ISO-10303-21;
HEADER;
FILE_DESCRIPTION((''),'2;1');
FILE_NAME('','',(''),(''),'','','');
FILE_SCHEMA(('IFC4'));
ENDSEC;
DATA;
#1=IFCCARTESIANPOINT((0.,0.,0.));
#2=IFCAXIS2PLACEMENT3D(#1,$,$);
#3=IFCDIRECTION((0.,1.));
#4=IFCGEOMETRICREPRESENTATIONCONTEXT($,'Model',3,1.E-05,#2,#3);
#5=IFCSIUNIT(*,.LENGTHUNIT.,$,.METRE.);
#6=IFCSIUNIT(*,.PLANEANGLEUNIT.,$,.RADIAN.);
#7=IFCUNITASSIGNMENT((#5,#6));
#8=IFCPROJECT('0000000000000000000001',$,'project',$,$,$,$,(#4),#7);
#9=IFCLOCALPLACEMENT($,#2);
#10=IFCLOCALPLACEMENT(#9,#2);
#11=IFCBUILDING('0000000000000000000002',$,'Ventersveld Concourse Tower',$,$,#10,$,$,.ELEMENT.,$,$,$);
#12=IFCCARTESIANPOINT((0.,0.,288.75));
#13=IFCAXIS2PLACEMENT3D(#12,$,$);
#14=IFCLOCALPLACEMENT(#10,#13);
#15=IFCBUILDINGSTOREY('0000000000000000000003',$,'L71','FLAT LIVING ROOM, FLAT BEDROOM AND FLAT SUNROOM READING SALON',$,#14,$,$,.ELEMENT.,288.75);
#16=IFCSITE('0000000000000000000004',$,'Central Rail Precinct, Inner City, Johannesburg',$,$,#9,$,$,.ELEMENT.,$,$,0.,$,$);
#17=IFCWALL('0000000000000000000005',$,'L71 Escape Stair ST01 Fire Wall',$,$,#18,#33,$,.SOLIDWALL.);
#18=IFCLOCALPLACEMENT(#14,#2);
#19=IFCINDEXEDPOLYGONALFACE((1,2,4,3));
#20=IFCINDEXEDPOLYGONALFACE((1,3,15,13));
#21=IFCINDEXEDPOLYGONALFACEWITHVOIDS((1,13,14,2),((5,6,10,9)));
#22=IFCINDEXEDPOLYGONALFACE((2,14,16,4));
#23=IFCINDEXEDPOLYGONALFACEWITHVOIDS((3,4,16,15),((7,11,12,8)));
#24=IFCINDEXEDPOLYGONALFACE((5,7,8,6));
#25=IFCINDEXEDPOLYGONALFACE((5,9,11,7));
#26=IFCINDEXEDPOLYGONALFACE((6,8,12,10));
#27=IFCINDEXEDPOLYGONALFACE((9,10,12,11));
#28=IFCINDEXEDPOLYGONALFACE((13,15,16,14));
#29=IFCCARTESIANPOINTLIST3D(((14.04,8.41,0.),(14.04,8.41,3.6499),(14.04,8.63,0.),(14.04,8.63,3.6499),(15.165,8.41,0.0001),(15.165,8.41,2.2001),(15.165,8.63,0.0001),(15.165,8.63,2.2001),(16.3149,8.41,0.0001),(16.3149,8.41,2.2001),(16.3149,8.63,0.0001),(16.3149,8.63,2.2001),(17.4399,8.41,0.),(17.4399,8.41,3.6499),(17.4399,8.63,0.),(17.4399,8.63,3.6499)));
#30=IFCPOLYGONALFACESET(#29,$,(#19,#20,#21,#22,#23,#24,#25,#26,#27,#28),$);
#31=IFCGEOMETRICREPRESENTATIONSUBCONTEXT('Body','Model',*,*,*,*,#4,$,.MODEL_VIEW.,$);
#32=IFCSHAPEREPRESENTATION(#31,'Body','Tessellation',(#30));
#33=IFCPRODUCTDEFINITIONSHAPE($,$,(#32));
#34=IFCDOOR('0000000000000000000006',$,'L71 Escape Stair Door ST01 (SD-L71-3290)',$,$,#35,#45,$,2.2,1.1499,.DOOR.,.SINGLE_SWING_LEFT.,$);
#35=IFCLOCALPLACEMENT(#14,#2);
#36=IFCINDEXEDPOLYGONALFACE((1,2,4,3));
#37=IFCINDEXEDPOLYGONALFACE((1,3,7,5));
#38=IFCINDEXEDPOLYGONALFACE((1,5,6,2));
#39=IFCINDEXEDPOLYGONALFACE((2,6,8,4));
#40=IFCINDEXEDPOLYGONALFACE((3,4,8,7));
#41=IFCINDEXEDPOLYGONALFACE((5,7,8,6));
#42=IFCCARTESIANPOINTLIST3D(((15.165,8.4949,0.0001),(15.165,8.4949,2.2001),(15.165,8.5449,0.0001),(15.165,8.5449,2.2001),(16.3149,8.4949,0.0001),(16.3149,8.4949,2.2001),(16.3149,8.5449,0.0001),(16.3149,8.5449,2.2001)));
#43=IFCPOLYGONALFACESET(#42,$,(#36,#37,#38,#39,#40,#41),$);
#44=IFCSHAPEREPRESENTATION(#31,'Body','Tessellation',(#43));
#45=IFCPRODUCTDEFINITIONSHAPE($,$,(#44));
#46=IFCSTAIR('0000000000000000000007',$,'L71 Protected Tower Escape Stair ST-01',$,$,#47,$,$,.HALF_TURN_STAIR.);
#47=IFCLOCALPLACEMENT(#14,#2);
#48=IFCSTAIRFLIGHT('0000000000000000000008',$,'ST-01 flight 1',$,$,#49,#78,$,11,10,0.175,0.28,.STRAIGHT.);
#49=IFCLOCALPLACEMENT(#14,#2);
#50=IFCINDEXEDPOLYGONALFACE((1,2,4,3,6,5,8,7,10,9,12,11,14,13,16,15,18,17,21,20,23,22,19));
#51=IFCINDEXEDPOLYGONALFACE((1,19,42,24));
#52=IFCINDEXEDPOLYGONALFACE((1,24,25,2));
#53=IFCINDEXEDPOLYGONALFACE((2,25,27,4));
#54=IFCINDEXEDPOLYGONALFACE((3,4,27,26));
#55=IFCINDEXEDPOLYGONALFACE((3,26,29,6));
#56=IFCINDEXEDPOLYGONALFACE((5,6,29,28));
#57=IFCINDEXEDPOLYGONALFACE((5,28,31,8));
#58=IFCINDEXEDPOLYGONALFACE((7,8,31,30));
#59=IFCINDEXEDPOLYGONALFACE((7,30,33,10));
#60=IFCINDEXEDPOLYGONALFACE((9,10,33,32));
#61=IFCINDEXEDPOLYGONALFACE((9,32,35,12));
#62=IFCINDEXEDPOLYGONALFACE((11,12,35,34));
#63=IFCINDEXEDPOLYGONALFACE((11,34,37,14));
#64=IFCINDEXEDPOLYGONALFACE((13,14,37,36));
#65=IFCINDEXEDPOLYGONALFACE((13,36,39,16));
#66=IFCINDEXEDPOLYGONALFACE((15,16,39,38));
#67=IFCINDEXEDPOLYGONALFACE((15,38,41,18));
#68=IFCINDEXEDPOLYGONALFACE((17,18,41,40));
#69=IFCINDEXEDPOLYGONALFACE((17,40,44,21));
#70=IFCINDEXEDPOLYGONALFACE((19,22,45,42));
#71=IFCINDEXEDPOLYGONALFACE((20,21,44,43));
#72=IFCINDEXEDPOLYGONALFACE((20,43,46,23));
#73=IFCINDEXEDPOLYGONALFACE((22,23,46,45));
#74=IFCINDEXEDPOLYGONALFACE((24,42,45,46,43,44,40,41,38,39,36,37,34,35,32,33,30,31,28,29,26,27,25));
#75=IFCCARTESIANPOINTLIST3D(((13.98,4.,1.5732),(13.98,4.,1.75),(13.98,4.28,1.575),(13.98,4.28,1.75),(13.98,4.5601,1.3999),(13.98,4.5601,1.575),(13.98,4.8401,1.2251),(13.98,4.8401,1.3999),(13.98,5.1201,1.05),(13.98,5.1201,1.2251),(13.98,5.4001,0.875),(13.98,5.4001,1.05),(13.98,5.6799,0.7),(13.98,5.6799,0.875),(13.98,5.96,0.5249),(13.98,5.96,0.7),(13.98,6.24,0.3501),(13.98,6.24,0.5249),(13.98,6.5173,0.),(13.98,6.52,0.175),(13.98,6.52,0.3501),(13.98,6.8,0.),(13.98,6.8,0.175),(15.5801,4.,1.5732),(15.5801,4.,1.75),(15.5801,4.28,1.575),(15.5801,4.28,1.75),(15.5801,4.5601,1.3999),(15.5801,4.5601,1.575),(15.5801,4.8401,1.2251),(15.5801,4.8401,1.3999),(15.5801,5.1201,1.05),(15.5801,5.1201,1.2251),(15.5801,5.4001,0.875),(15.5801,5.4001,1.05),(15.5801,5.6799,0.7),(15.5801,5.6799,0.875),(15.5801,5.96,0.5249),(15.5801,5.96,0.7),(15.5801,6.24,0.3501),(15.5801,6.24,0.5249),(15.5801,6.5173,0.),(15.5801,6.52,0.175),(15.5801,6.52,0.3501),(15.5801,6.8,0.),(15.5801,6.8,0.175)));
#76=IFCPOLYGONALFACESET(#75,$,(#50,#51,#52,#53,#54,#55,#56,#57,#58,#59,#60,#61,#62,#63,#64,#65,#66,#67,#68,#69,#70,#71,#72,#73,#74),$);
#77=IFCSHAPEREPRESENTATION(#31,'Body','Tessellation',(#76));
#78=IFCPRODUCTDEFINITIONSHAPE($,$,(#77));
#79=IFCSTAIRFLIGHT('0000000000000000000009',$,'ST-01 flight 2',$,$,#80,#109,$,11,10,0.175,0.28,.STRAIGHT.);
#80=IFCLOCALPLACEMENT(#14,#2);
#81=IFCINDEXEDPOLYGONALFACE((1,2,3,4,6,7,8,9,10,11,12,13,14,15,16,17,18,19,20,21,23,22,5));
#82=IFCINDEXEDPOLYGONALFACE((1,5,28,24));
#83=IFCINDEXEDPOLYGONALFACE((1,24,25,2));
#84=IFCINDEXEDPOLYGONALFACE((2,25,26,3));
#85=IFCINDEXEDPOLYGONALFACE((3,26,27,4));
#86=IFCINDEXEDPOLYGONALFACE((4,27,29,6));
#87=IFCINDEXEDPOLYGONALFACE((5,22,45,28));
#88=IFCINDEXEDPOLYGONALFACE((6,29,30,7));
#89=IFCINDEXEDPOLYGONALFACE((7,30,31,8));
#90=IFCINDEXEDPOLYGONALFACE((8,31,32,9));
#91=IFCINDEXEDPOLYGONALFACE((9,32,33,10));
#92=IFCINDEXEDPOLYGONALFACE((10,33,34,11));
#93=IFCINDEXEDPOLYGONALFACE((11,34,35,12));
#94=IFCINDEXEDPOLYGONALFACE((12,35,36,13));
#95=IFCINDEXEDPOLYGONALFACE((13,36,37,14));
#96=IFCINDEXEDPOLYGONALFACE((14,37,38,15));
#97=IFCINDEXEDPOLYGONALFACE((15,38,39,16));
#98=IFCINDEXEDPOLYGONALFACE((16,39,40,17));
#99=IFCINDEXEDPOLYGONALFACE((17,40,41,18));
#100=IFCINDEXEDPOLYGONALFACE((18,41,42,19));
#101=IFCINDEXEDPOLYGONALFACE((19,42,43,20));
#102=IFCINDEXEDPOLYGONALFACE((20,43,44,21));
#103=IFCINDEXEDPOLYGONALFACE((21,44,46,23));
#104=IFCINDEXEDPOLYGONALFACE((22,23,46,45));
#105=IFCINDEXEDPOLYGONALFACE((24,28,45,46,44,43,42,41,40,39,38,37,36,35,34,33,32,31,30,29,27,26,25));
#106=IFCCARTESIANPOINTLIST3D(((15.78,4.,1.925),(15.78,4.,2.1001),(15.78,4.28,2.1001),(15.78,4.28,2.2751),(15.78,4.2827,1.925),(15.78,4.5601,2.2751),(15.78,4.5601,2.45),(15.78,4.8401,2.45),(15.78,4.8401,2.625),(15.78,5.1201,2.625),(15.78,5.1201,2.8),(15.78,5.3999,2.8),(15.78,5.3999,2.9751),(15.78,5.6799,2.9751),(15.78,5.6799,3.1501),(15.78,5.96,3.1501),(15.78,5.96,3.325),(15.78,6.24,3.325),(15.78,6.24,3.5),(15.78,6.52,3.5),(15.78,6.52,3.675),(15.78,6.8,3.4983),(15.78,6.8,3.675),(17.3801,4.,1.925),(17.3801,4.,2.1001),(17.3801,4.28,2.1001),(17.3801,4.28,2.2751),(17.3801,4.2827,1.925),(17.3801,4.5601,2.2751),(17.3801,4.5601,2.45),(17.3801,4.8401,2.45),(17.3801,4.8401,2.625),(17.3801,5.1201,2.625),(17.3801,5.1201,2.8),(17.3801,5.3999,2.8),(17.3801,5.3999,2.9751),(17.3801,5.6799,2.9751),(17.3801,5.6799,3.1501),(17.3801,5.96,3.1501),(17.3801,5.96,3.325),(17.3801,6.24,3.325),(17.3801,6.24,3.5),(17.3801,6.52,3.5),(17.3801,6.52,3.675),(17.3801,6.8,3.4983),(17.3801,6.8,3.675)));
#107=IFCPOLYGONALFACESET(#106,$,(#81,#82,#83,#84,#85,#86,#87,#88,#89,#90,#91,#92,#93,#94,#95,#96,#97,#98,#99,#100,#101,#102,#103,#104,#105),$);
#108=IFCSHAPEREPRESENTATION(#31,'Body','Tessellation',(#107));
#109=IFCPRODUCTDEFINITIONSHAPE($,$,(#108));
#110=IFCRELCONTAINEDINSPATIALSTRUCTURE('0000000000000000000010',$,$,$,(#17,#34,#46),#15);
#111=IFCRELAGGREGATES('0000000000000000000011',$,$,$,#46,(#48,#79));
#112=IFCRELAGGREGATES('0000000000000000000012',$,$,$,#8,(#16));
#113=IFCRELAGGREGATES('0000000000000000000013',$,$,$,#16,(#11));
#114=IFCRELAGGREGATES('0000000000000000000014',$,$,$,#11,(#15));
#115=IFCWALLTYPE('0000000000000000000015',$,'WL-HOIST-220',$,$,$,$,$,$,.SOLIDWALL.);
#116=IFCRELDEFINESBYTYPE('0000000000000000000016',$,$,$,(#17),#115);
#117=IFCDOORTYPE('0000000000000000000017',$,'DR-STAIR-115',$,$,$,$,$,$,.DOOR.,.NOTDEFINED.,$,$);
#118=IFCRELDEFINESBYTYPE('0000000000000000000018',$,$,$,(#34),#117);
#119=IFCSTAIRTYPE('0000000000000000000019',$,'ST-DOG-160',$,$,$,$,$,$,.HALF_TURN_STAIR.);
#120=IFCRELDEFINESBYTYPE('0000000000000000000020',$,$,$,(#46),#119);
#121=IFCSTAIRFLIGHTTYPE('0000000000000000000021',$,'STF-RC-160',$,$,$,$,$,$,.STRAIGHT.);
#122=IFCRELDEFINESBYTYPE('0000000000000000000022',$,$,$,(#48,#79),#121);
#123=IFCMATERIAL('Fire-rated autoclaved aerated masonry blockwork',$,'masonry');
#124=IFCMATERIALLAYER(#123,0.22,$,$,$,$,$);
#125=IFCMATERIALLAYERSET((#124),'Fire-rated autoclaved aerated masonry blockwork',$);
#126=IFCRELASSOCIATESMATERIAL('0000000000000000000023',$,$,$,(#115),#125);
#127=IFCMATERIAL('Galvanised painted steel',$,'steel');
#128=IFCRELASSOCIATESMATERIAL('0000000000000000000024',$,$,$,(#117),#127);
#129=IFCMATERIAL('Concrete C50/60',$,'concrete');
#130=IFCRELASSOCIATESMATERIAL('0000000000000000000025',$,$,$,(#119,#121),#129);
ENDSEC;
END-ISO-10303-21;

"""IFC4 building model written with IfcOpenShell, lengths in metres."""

from ifc_helpers import new_model, si_unit, direction, frame, frame_2d, origin, place, context, subcontext, project, spatial, polyline, rectangle, outline, extrude, material, layer, layer_set, type_object, element, fill, aggregate, save


model = new_model("IFC4")

# Units and contexts
model_context = context("Model", 3, precision=1e-05, world=origin(), true_north=direction((0.0, 1.0)))
body_context = subcontext(model_context, "Body", "Model", "MODEL_VIEW")
ifc_project = project(units=[si_unit("LENGTHUNIT", "METRE"), si_unit("PLANEANGLEUNIT", "RADIAN")], contexts=[model_context])

# Site, building, storey
site_placement = place(None, origin())
site = spatial("IfcSite", under=ifc_project, at=site_placement, Name="Central Rail Precinct, Inner City, Johannesburg", CompositionType="ELEMENT", RefElevation=0.0)
building_placement = place(site_placement, origin())
building = spatial("IfcBuilding", under=site, at=building_placement, Name="Ventersveld Concourse Tower", CompositionType="ELEMENT")
storey_placement = place(building_placement, frame((0.0, 0.0, 288.75)))
storey = spatial("IfcBuildingStorey", under=building, at=storey_placement, Name="L71", Description="FLAT LIVING ROOM, FLAT BEDROOM AND FLAT SUNROOM READING SALON", CompositionType="ELEMENT", Elevation=288.75)

# Shared definitions
ifc_material_1 = material(Name="Concrete C50/60", Category="concrete")

# Shared definitions
ifc_material_2 = material(Name="Fire-rated autoclaved aerated masonry blockwork", Category="masonry")
ifc_layer_1 = layer(ifc_material_2, 0.22)
ifc_layer_set_1 = layer_set([ifc_layer_1], Name="Fire-rated autoclaved aerated masonry blockwork")
wall_type_1 = type_object("IfcWallType", Name="WL-HOIST-220", PredefinedType="SOLIDWALL", material=ifc_layer_set_1)

# Wall, opening, door
wall_1_placement = place(storey_placement, frame((14.04, 8.52, 0.0), z_axis=(0.0, 0.0, 1.0), x_axis=(1.0, 0.0, 0.0)))
wall_1 = element("IfcWall", 1, at=wall_1_placement, inside=storey, type_object=wall_type_1, Name="L71 Escape Stair ST01 Fire Wall", PredefinedType="SOLIDWALL", context=body_context, shape_type="SweptSolid", body=[
    extrude(rectangle(XDim=3.3999, YDim=0.22, at=frame_2d((1.7, 0.0))), origin(), (0.0, 0.0, 1.0), 3.6499),
])
opening_1_placement = place(wall_1_placement, frame((1.125, 0.0, 0.0)))
opening_1 = element("IfcOpeningElement", 2, at=opening_1_placement, cuts=wall_1, PredefinedType="OPENING", context=body_context, shape_type="SweptSolid", body=[
    extrude(rectangle(XDim=1.1499, YDim=2.2, at=frame_2d((0.575, 1.1001))), frame((0.0, 0.1201, 0.0), z_axis=(0.0, -1.0, 0.0), x_axis=(1.0, 0.0, 0.0)), (0.0, 0.0, 1.0), 0.24),
])
ifc_material_3 = material(Name="Galvanised painted steel", Category="steel")
door_type_1 = type_object("IfcDoorType", Name="DR-STAIR-115", OperationType="NOTDEFINED", PredefinedType="DOOR", material=ifc_material_3)
door_1_placement = place(opening_1_placement, origin())
door_1 = element("IfcDoor", 3, at=door_1_placement, inside=storey, type_object=door_type_1, Name="L71 Escape Stair Door ST01 (SD-L71-3290)", OperationType="SINGLE_SWING_LEFT", OverallHeight=2.2, OverallWidth=1.1499, PredefinedType="DOOR", context=body_context, shape_type="SweptSolid", body=[
    extrude(rectangle(XDim=1.1499, YDim=2.2, at=frame_2d((0.575, 1.1001))), frame((0.0, 0.0249, 0.0), z_axis=(0.0, -1.0, 0.0), x_axis=(1.0, 0.0, 0.0)), (0.0, 0.0, 1.0), 0.05),
])
fill(opening_1, door_1)

# Stair, stair flights
stair_type = type_object("IfcStairType", Name="ST-DOG-160", PredefinedType="HALF_TURN_STAIR", material=ifc_material_1)
stair_placement = place(storey_placement, origin())
stair = element("IfcStair", 4, at=stair_placement, inside=storey, type_object=stair_type, Name="L71 Protected Tower Escape Stair ST-01", PredefinedType="HALF_TURN_STAIR")
stair_flight_type = type_object("IfcStairFlightType", Name="STF-RC-160", PredefinedType="STRAIGHT", material=ifc_material_1)
stair_flight_1_placement = place(storey_placement, frame((14.78, 6.8, 0.0), z_axis=(0.0, 0.0, 1.0), x_axis=(0.0, -1.0, 0.0)))
stair_flight_1 = element("IfcStairFlight", 5, at=stair_flight_1_placement, type_object=stair_flight_type, Name="ST-01 flight 1", NumberOfRisers=11, NumberOfTreads=10, PredefinedType="STRAIGHT", RiserHeight=0.175, TreadLength=0.28, context=body_context, shape_type="SweptSolid", body=[
    extrude(outline(polyline([(0.0, 0.0), (0.0, 0.175), (0.28, 0.175), (0.28, 0.3501), (0.5601, 0.3501), (0.5601, 0.5249), (0.8401, 0.5249), (0.8401, 0.7), (1.1201, 0.7), (1.1201, 0.875), (1.3999, 0.875), (1.3999, 1.05), (1.6799, 1.05), (1.6799, 1.2251), (1.96, 1.2251), (1.96, 1.3999), (2.24, 1.3999), (2.24, 1.575), (2.52, 1.575), (2.52, 1.75), (2.8, 1.75), (2.8, 1.925), (2.8, 1.5732), (0.2827, 0.0), (0.0, 0.0)])), frame((0.0, 0.8, 0.0), z_axis=(0.0, -1.0, 0.0), x_axis=(1.0, 0.0, 0.0)), (0.0, 0.0, 1.0), 1.6001),
])
stair_flight_2_placement = place(storey_placement, frame((16.5801, 4.0, 1.925), z_axis=(0.0, 0.0, 1.0), x_axis=(0.0, 1.0, 0.0)))
stair_flight_2 = element("IfcStairFlight", 6, at=stair_flight_2_placement, type_object=stair_flight_type, Name="ST-01 flight 2", NumberOfRisers=11, NumberOfTreads=10, PredefinedType="STRAIGHT", RiserHeight=0.175, TreadLength=0.28, context=body_context, shape_type="SweptSolid", body=[
    extrude(outline(polyline([(0.0, 0.0), (0.0, 0.175), (0.28, 0.175), (0.28, 0.3501), (0.5601, 0.3501), (0.5601, 0.5249), (0.8401, 0.5249), (0.8401, 0.7), (1.1201, 0.7), (1.1201, 0.875), (1.3999, 0.875), (1.3999, 1.05), (1.6799, 1.05), (1.6799, 1.2251), (1.96, 1.2251), (1.96, 1.3999), (2.24, 1.3999), (2.24, 1.575), (2.52, 1.575), (2.52, 1.75), (2.8, 1.75), (2.8, 1.925), (2.8, 1.5732), (0.2827, 0.0), (0.0, 0.0)])), frame((0.0, 0.8, 0.0), z_axis=(0.0, -1.0, 0.0), x_axis=(1.0, 0.0, 0.0)), (0.0, 0.0, 1.0), 1.6001),
])
aggregate(stair, [stair_flight_1, stair_flight_2])

save(model, "model.ifc")
